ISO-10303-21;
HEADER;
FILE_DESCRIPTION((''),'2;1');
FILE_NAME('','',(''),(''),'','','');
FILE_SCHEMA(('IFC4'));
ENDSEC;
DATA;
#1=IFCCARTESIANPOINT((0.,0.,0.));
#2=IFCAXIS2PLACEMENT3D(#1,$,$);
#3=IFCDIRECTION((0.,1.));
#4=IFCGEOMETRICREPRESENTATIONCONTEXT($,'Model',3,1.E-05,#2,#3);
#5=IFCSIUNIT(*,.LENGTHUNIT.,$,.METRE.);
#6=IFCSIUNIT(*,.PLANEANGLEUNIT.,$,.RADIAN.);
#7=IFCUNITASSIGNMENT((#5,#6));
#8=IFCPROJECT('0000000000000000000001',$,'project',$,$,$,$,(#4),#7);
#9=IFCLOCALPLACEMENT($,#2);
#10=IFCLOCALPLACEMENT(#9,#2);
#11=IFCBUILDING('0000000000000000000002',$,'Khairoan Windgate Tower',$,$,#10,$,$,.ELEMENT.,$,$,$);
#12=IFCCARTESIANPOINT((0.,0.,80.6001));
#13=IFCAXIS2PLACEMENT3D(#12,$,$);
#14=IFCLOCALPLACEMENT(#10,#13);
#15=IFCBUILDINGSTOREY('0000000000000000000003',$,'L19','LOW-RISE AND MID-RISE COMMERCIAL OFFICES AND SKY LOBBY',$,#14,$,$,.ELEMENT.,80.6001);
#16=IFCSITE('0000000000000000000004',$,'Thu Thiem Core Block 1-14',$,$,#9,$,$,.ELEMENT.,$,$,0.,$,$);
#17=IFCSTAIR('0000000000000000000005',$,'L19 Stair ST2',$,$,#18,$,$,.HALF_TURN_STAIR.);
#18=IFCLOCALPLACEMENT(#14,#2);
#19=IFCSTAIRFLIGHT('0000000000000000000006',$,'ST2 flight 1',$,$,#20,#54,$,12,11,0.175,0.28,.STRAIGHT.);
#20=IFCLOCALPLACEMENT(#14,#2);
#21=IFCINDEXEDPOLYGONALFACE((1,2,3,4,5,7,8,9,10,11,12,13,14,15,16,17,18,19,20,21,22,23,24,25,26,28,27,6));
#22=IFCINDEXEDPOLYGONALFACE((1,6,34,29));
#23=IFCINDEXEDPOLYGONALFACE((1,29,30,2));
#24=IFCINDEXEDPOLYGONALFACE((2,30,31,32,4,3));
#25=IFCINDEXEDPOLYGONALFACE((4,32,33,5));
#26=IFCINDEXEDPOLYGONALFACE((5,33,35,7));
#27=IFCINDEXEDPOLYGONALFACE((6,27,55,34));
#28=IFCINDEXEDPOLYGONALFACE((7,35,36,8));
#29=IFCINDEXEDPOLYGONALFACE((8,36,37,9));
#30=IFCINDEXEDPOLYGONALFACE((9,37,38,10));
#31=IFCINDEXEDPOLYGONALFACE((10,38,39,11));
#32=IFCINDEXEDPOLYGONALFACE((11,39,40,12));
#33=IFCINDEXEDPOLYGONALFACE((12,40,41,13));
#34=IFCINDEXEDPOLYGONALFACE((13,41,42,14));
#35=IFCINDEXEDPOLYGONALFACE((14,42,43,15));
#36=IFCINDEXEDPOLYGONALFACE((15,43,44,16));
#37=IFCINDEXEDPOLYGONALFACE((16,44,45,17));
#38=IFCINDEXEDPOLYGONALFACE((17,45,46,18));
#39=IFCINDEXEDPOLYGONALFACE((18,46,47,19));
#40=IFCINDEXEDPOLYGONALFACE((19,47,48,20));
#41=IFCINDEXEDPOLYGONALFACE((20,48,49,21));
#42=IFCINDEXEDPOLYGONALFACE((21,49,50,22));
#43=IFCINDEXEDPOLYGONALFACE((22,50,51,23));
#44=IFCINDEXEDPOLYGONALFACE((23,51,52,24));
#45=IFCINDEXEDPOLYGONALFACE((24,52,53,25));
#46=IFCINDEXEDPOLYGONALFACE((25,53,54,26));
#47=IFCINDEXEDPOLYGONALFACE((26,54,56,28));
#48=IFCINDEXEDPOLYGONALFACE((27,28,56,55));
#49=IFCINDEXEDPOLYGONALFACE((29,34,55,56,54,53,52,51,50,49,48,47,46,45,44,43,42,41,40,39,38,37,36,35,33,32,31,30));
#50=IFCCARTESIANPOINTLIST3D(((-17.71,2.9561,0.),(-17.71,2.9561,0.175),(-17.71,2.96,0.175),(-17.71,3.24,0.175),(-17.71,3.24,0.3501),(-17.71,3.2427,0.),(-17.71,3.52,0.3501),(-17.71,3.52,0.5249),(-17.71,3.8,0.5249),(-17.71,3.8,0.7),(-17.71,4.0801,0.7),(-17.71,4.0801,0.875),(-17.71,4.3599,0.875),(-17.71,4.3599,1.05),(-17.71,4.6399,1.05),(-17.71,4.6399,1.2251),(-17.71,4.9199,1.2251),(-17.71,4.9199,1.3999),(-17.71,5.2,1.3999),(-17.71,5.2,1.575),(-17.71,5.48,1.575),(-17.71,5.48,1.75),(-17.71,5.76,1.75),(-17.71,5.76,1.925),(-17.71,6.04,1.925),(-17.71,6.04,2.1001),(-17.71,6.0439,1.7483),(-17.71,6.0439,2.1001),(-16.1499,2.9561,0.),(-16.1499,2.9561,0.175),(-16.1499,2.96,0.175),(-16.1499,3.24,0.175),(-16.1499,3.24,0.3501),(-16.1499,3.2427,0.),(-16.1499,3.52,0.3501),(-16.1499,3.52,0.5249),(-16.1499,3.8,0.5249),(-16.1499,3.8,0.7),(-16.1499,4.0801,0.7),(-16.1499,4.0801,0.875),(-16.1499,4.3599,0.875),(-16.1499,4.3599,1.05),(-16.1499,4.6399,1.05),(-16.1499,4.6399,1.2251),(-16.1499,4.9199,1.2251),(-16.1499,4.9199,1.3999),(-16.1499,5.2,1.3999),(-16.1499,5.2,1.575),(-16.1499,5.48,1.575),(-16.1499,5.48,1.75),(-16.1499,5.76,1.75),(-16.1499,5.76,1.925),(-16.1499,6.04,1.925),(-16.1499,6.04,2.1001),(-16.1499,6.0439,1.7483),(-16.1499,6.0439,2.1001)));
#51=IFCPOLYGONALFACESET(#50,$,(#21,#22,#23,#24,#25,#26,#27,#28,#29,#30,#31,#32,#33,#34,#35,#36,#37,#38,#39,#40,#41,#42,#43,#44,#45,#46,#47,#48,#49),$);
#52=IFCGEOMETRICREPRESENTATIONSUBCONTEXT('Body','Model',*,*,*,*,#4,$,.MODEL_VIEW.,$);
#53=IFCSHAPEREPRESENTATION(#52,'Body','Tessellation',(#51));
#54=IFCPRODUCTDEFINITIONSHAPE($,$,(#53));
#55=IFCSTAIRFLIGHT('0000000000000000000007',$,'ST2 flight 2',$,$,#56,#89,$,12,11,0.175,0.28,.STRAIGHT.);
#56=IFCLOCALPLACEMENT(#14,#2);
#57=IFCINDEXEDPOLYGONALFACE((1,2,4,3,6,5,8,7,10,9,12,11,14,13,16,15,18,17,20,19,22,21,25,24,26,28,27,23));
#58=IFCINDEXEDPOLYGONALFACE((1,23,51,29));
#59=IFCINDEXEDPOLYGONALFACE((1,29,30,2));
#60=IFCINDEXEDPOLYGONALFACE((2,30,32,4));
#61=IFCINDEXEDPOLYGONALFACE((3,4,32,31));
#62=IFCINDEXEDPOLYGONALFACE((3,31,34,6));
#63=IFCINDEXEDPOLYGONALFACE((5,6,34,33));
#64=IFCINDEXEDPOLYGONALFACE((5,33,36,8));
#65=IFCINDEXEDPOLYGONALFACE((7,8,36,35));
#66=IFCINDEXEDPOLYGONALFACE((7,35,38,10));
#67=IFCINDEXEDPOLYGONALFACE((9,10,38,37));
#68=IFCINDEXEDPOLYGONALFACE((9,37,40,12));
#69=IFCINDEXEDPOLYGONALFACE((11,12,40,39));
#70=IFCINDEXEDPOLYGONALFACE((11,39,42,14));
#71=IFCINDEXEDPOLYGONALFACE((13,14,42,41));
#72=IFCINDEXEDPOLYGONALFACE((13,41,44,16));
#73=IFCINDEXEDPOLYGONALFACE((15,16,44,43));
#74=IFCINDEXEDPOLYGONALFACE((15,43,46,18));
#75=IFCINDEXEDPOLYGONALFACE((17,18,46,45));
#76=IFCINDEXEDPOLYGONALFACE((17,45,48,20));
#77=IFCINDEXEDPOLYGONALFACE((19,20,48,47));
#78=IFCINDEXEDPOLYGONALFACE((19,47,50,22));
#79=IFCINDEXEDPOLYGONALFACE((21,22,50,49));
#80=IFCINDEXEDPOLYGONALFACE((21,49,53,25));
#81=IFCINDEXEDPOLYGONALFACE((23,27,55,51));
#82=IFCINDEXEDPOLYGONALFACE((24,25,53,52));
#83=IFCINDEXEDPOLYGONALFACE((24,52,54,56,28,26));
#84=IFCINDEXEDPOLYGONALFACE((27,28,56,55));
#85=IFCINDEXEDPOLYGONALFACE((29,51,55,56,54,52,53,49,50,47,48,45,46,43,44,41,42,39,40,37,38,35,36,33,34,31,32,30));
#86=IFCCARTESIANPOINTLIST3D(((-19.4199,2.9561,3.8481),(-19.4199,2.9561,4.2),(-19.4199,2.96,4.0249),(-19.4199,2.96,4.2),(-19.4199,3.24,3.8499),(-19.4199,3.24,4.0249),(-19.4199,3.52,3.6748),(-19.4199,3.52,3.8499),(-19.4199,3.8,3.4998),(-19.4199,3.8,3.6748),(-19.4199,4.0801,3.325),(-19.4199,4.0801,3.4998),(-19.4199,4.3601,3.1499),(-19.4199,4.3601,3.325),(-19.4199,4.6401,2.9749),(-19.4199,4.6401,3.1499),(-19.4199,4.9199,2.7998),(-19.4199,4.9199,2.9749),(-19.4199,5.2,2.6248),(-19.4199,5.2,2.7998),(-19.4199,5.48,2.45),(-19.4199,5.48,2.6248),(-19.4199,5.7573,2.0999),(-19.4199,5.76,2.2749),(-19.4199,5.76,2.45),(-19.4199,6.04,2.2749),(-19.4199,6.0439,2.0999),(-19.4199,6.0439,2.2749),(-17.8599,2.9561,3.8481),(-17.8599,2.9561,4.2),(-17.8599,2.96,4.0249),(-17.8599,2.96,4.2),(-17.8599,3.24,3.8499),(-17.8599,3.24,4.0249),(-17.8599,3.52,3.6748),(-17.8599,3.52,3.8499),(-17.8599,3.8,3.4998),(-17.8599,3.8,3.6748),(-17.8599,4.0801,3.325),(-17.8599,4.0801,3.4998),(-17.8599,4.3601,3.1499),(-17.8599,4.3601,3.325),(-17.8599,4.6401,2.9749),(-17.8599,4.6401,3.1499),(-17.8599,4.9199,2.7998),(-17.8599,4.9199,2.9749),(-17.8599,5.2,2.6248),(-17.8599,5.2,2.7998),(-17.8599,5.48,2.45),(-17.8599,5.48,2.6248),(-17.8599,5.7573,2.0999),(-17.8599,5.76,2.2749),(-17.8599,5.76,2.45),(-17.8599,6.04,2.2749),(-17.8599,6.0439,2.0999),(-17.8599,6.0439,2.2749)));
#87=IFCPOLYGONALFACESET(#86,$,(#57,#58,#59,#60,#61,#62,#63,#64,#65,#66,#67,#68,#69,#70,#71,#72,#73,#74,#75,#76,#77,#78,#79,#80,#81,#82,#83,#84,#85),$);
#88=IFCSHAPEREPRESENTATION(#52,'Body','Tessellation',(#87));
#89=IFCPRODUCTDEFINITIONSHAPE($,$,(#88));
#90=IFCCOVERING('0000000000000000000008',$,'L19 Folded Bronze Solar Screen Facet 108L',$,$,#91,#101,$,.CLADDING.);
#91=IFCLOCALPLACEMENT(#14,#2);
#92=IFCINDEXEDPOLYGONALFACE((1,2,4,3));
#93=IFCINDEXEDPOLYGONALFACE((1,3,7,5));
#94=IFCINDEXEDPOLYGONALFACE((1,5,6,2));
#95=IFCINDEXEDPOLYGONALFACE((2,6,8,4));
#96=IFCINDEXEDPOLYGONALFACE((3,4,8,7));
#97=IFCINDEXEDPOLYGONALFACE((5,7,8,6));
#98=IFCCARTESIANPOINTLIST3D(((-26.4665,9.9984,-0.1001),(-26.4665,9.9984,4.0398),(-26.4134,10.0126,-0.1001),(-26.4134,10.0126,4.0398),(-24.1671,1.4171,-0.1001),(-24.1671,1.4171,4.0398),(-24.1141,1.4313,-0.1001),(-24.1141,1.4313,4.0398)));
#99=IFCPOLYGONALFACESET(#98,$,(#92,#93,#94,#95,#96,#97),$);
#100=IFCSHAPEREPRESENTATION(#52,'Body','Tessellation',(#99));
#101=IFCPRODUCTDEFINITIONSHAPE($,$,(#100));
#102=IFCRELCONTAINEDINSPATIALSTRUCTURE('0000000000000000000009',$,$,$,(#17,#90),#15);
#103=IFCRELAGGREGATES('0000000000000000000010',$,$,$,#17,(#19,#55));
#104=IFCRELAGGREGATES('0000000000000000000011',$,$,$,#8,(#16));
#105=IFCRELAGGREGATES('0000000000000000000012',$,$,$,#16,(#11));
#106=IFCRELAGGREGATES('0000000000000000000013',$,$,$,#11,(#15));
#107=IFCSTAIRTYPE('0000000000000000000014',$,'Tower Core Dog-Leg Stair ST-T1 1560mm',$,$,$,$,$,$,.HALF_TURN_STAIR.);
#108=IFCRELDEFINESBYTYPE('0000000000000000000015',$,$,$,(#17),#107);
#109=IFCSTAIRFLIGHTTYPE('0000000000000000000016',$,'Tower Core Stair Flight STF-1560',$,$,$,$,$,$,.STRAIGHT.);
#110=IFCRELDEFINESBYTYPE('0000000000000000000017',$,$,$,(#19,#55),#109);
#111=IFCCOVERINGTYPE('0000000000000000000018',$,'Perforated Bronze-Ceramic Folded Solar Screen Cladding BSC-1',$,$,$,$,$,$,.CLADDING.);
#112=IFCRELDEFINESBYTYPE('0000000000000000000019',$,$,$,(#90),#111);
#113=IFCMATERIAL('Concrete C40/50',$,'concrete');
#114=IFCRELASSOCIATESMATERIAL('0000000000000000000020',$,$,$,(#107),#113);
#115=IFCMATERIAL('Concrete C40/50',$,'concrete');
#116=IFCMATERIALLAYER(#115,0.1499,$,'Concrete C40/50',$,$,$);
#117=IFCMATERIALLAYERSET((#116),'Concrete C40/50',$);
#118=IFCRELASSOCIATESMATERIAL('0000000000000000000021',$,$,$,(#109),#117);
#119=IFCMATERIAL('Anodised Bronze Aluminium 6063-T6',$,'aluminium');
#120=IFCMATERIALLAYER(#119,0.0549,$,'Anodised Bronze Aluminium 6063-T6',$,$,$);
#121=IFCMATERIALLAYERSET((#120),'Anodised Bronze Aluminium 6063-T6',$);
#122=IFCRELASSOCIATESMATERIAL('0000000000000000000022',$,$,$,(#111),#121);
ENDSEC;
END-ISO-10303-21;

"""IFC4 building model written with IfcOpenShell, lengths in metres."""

from ifc_helpers import new_model, si_unit, direction, frame, origin, origin_2d, place, context, subcontext, project, spatial, polyline, rectangle, outline, extrude, material, layer, layer_set, type_object, element, aggregate, save


model = new_model("IFC4")

# Units and contexts
model_context = context("Model", 3, precision=1e-05, world=origin(), true_north=direction((0.0, 1.0)))
body_context = subcontext(model_context, "Body", "Model", "MODEL_VIEW")
ifc_project = project(units=[si_unit("LENGTHUNIT", "METRE"), si_unit("PLANEANGLEUNIT", "RADIAN")], contexts=[model_context])

# Site, building, storey
site_placement = place(None, origin())
site = spatial("IfcSite", under=ifc_project, at=site_placement, Name="Thu Thiem Core Block 1-14", CompositionType="ELEMENT", RefElevation=0.0)
building_placement = place(site_placement, origin())
building = spatial("IfcBuilding", under=site, at=building_placement, Name="Khairoan Windgate Tower", CompositionType="ELEMENT")
storey_placement = place(building_placement, frame((0.0, 0.0, 80.6001)))
storey = spatial("IfcBuildingStorey", under=building, at=storey_placement, Name="L19", Description="LOW-RISE AND MID-RISE COMMERCIAL OFFICES AND SKY LOBBY", CompositionType="ELEMENT", Elevation=80.6001)

# Stair, stair flights
ifc_material_1 = material(Name="Concrete C40/50", Category="concrete")
stair_type = type_object("IfcStairType", Name="Tower Core Dog-Leg Stair ST-T1 1560mm", PredefinedType="HALF_TURN_STAIR", material=ifc_material_1)
stair_placement = place(storey_placement, origin())
stair = element("IfcStair", 1, at=stair_placement, inside=storey, type_object=stair_type, Name="L19 Stair ST2", PredefinedType="HALF_TURN_STAIR")
ifc_material_2 = material(Name="Concrete C40/50", Category="concrete")
ifc_layer_1 = layer(ifc_material_2, 0.1499, Name="Concrete C40/50")
ifc_layer_set_1 = layer_set([ifc_layer_1], Name="Concrete C40/50")
stair_flight_type = type_object("IfcStairFlightType", Name="Tower Core Stair Flight STF-1560", PredefinedType="STRAIGHT", material=ifc_layer_set_1)
stair_flight_1_placement = place(storey_placement, frame((-16.9299, 2.96, 0.0), z_axis=(0.0, 0.0, 1.0), x_axis=(0.0, 1.0, 0.0)))
stair_flight_1 = element("IfcStairFlight", 2, at=stair_flight_1_placement, type_object=stair_flight_type, Name="ST2 flight 1", NumberOfRisers=12, NumberOfTreads=11, PredefinedType="STRAIGHT", RiserHeight=0.175, TreadLength=0.28, context=body_context, shape_type="SweptSolid", body=[
    extrude(outline(polyline([(-0.0039, 0.0), (-0.0039, 0.175), (0.0, 0.175), (0.28, 0.175), (0.28, 0.3501), (0.5601, 0.3501), (0.5601, 0.5249), (0.8401, 0.5249), (0.8401, 0.7), (1.1201, 0.7), (1.1201, 0.875), (1.3999, 0.875), (1.3999, 1.05), (1.6799, 1.05), (1.6799, 1.2251), (1.96, 1.2251), (1.96, 1.3999), (2.24, 1.3999), (2.24, 1.575), (2.52, 1.575), (2.52, 1.75), (2.8, 1.75), (2.8, 1.925), (3.0801, 1.925), (3.0801, 2.1001), (3.084, 2.1001), (3.084, 1.7483), (0.2827, 0.0), (-0.0039, 0.0)])), frame((0.0, 0.78, 0.0), z_axis=(0.0, -1.0, 0.0), x_axis=(1.0, 0.0, 0.0)), (0.0, 0.0, 1.0), 1.5601),
])
stair_flight_2_placement = place(storey_placement, frame((-18.6399, 6.04, 2.0999), z_axis=(0.0, 0.0, 1.0), x_axis=(0.0, -1.0, 0.0)))
stair_flight_2 = element("IfcStairFlight", 3, at=stair_flight_2_placement, type_object=stair_flight_type, Name="ST2 flight 2", NumberOfRisers=12, NumberOfTreads=11, PredefinedType="STRAIGHT", RiserHeight=0.175, TreadLength=0.28, context=body_context, shape_type="SweptSolid", body=[
    extrude(outline(polyline([(-0.0039, 0.0), (-0.0039, 0.175), (0.0, 0.175), (0.28, 0.175), (0.28, 0.3501), (0.5601, 0.3501), (0.5601, 0.5249), (0.8401, 0.5249), (0.8401, 0.7), (1.1201, 0.7), (1.1201, 0.875), (1.3999, 0.875), (1.3999, 1.05), (1.6799, 1.05), (1.6799, 1.2251), (1.96, 1.2251), (1.96, 1.3999), (2.24, 1.3999), (2.24, 1.575), (2.52, 1.575), (2.52, 1.75), (2.8, 1.75), (2.8, 1.925), (3.0801, 1.925), (3.0801, 2.1001), (3.084, 2.1001), (3.084, 1.7483), (0.2827, 0.0), (-0.0039, 0.0)])), frame((0.0, 0.78, 0.0), z_axis=(0.0, -1.0, 0.0), x_axis=(1.0, 0.0, 0.0)), (0.0, 0.0, 1.0), 1.5601),
])
aggregate(stair, [stair_flight_1, stair_flight_2])

# Covering
ifc_material_3 = material(Name="Anodised Bronze Aluminium 6063-T6", Category="aluminium")
ifc_layer_2 = layer(ifc_material_3, 0.0549, Name="Anodised Bronze Aluminium 6063-T6")
ifc_layer_set_2 = layer_set([ifc_layer_2], Name="Anodised Bronze Aluminium 6063-T6")
covering_type = type_object("IfcCoveringType", Name="Perforated Bronze-Ceramic Folded Solar Screen Cladding BSC-1", PredefinedType="CLADDING", material=ifc_layer_set_2)
covering_placement = place(storey_placement, frame((-25.2903, 5.7148, -0.1001), z_axis=(0.0, 0.0, 1.0), x_axis=(-0.258819, 0.965926, 0.0)))
element("IfcCovering", 4, at=covering_placement, inside=storey, type_object=covering_type, Name="L19 Folded Bronze Solar Screen Facet 108L", PredefinedType="CLADDING", context=body_context, shape_type="SweptSolid", body=[
    extrude(rectangle(XDim=8.884, YDim=0.0549, at=origin_2d()), origin(), (0.0, 0.0, 1.0), 4.1399),
])

save(model, "model.ifc")
